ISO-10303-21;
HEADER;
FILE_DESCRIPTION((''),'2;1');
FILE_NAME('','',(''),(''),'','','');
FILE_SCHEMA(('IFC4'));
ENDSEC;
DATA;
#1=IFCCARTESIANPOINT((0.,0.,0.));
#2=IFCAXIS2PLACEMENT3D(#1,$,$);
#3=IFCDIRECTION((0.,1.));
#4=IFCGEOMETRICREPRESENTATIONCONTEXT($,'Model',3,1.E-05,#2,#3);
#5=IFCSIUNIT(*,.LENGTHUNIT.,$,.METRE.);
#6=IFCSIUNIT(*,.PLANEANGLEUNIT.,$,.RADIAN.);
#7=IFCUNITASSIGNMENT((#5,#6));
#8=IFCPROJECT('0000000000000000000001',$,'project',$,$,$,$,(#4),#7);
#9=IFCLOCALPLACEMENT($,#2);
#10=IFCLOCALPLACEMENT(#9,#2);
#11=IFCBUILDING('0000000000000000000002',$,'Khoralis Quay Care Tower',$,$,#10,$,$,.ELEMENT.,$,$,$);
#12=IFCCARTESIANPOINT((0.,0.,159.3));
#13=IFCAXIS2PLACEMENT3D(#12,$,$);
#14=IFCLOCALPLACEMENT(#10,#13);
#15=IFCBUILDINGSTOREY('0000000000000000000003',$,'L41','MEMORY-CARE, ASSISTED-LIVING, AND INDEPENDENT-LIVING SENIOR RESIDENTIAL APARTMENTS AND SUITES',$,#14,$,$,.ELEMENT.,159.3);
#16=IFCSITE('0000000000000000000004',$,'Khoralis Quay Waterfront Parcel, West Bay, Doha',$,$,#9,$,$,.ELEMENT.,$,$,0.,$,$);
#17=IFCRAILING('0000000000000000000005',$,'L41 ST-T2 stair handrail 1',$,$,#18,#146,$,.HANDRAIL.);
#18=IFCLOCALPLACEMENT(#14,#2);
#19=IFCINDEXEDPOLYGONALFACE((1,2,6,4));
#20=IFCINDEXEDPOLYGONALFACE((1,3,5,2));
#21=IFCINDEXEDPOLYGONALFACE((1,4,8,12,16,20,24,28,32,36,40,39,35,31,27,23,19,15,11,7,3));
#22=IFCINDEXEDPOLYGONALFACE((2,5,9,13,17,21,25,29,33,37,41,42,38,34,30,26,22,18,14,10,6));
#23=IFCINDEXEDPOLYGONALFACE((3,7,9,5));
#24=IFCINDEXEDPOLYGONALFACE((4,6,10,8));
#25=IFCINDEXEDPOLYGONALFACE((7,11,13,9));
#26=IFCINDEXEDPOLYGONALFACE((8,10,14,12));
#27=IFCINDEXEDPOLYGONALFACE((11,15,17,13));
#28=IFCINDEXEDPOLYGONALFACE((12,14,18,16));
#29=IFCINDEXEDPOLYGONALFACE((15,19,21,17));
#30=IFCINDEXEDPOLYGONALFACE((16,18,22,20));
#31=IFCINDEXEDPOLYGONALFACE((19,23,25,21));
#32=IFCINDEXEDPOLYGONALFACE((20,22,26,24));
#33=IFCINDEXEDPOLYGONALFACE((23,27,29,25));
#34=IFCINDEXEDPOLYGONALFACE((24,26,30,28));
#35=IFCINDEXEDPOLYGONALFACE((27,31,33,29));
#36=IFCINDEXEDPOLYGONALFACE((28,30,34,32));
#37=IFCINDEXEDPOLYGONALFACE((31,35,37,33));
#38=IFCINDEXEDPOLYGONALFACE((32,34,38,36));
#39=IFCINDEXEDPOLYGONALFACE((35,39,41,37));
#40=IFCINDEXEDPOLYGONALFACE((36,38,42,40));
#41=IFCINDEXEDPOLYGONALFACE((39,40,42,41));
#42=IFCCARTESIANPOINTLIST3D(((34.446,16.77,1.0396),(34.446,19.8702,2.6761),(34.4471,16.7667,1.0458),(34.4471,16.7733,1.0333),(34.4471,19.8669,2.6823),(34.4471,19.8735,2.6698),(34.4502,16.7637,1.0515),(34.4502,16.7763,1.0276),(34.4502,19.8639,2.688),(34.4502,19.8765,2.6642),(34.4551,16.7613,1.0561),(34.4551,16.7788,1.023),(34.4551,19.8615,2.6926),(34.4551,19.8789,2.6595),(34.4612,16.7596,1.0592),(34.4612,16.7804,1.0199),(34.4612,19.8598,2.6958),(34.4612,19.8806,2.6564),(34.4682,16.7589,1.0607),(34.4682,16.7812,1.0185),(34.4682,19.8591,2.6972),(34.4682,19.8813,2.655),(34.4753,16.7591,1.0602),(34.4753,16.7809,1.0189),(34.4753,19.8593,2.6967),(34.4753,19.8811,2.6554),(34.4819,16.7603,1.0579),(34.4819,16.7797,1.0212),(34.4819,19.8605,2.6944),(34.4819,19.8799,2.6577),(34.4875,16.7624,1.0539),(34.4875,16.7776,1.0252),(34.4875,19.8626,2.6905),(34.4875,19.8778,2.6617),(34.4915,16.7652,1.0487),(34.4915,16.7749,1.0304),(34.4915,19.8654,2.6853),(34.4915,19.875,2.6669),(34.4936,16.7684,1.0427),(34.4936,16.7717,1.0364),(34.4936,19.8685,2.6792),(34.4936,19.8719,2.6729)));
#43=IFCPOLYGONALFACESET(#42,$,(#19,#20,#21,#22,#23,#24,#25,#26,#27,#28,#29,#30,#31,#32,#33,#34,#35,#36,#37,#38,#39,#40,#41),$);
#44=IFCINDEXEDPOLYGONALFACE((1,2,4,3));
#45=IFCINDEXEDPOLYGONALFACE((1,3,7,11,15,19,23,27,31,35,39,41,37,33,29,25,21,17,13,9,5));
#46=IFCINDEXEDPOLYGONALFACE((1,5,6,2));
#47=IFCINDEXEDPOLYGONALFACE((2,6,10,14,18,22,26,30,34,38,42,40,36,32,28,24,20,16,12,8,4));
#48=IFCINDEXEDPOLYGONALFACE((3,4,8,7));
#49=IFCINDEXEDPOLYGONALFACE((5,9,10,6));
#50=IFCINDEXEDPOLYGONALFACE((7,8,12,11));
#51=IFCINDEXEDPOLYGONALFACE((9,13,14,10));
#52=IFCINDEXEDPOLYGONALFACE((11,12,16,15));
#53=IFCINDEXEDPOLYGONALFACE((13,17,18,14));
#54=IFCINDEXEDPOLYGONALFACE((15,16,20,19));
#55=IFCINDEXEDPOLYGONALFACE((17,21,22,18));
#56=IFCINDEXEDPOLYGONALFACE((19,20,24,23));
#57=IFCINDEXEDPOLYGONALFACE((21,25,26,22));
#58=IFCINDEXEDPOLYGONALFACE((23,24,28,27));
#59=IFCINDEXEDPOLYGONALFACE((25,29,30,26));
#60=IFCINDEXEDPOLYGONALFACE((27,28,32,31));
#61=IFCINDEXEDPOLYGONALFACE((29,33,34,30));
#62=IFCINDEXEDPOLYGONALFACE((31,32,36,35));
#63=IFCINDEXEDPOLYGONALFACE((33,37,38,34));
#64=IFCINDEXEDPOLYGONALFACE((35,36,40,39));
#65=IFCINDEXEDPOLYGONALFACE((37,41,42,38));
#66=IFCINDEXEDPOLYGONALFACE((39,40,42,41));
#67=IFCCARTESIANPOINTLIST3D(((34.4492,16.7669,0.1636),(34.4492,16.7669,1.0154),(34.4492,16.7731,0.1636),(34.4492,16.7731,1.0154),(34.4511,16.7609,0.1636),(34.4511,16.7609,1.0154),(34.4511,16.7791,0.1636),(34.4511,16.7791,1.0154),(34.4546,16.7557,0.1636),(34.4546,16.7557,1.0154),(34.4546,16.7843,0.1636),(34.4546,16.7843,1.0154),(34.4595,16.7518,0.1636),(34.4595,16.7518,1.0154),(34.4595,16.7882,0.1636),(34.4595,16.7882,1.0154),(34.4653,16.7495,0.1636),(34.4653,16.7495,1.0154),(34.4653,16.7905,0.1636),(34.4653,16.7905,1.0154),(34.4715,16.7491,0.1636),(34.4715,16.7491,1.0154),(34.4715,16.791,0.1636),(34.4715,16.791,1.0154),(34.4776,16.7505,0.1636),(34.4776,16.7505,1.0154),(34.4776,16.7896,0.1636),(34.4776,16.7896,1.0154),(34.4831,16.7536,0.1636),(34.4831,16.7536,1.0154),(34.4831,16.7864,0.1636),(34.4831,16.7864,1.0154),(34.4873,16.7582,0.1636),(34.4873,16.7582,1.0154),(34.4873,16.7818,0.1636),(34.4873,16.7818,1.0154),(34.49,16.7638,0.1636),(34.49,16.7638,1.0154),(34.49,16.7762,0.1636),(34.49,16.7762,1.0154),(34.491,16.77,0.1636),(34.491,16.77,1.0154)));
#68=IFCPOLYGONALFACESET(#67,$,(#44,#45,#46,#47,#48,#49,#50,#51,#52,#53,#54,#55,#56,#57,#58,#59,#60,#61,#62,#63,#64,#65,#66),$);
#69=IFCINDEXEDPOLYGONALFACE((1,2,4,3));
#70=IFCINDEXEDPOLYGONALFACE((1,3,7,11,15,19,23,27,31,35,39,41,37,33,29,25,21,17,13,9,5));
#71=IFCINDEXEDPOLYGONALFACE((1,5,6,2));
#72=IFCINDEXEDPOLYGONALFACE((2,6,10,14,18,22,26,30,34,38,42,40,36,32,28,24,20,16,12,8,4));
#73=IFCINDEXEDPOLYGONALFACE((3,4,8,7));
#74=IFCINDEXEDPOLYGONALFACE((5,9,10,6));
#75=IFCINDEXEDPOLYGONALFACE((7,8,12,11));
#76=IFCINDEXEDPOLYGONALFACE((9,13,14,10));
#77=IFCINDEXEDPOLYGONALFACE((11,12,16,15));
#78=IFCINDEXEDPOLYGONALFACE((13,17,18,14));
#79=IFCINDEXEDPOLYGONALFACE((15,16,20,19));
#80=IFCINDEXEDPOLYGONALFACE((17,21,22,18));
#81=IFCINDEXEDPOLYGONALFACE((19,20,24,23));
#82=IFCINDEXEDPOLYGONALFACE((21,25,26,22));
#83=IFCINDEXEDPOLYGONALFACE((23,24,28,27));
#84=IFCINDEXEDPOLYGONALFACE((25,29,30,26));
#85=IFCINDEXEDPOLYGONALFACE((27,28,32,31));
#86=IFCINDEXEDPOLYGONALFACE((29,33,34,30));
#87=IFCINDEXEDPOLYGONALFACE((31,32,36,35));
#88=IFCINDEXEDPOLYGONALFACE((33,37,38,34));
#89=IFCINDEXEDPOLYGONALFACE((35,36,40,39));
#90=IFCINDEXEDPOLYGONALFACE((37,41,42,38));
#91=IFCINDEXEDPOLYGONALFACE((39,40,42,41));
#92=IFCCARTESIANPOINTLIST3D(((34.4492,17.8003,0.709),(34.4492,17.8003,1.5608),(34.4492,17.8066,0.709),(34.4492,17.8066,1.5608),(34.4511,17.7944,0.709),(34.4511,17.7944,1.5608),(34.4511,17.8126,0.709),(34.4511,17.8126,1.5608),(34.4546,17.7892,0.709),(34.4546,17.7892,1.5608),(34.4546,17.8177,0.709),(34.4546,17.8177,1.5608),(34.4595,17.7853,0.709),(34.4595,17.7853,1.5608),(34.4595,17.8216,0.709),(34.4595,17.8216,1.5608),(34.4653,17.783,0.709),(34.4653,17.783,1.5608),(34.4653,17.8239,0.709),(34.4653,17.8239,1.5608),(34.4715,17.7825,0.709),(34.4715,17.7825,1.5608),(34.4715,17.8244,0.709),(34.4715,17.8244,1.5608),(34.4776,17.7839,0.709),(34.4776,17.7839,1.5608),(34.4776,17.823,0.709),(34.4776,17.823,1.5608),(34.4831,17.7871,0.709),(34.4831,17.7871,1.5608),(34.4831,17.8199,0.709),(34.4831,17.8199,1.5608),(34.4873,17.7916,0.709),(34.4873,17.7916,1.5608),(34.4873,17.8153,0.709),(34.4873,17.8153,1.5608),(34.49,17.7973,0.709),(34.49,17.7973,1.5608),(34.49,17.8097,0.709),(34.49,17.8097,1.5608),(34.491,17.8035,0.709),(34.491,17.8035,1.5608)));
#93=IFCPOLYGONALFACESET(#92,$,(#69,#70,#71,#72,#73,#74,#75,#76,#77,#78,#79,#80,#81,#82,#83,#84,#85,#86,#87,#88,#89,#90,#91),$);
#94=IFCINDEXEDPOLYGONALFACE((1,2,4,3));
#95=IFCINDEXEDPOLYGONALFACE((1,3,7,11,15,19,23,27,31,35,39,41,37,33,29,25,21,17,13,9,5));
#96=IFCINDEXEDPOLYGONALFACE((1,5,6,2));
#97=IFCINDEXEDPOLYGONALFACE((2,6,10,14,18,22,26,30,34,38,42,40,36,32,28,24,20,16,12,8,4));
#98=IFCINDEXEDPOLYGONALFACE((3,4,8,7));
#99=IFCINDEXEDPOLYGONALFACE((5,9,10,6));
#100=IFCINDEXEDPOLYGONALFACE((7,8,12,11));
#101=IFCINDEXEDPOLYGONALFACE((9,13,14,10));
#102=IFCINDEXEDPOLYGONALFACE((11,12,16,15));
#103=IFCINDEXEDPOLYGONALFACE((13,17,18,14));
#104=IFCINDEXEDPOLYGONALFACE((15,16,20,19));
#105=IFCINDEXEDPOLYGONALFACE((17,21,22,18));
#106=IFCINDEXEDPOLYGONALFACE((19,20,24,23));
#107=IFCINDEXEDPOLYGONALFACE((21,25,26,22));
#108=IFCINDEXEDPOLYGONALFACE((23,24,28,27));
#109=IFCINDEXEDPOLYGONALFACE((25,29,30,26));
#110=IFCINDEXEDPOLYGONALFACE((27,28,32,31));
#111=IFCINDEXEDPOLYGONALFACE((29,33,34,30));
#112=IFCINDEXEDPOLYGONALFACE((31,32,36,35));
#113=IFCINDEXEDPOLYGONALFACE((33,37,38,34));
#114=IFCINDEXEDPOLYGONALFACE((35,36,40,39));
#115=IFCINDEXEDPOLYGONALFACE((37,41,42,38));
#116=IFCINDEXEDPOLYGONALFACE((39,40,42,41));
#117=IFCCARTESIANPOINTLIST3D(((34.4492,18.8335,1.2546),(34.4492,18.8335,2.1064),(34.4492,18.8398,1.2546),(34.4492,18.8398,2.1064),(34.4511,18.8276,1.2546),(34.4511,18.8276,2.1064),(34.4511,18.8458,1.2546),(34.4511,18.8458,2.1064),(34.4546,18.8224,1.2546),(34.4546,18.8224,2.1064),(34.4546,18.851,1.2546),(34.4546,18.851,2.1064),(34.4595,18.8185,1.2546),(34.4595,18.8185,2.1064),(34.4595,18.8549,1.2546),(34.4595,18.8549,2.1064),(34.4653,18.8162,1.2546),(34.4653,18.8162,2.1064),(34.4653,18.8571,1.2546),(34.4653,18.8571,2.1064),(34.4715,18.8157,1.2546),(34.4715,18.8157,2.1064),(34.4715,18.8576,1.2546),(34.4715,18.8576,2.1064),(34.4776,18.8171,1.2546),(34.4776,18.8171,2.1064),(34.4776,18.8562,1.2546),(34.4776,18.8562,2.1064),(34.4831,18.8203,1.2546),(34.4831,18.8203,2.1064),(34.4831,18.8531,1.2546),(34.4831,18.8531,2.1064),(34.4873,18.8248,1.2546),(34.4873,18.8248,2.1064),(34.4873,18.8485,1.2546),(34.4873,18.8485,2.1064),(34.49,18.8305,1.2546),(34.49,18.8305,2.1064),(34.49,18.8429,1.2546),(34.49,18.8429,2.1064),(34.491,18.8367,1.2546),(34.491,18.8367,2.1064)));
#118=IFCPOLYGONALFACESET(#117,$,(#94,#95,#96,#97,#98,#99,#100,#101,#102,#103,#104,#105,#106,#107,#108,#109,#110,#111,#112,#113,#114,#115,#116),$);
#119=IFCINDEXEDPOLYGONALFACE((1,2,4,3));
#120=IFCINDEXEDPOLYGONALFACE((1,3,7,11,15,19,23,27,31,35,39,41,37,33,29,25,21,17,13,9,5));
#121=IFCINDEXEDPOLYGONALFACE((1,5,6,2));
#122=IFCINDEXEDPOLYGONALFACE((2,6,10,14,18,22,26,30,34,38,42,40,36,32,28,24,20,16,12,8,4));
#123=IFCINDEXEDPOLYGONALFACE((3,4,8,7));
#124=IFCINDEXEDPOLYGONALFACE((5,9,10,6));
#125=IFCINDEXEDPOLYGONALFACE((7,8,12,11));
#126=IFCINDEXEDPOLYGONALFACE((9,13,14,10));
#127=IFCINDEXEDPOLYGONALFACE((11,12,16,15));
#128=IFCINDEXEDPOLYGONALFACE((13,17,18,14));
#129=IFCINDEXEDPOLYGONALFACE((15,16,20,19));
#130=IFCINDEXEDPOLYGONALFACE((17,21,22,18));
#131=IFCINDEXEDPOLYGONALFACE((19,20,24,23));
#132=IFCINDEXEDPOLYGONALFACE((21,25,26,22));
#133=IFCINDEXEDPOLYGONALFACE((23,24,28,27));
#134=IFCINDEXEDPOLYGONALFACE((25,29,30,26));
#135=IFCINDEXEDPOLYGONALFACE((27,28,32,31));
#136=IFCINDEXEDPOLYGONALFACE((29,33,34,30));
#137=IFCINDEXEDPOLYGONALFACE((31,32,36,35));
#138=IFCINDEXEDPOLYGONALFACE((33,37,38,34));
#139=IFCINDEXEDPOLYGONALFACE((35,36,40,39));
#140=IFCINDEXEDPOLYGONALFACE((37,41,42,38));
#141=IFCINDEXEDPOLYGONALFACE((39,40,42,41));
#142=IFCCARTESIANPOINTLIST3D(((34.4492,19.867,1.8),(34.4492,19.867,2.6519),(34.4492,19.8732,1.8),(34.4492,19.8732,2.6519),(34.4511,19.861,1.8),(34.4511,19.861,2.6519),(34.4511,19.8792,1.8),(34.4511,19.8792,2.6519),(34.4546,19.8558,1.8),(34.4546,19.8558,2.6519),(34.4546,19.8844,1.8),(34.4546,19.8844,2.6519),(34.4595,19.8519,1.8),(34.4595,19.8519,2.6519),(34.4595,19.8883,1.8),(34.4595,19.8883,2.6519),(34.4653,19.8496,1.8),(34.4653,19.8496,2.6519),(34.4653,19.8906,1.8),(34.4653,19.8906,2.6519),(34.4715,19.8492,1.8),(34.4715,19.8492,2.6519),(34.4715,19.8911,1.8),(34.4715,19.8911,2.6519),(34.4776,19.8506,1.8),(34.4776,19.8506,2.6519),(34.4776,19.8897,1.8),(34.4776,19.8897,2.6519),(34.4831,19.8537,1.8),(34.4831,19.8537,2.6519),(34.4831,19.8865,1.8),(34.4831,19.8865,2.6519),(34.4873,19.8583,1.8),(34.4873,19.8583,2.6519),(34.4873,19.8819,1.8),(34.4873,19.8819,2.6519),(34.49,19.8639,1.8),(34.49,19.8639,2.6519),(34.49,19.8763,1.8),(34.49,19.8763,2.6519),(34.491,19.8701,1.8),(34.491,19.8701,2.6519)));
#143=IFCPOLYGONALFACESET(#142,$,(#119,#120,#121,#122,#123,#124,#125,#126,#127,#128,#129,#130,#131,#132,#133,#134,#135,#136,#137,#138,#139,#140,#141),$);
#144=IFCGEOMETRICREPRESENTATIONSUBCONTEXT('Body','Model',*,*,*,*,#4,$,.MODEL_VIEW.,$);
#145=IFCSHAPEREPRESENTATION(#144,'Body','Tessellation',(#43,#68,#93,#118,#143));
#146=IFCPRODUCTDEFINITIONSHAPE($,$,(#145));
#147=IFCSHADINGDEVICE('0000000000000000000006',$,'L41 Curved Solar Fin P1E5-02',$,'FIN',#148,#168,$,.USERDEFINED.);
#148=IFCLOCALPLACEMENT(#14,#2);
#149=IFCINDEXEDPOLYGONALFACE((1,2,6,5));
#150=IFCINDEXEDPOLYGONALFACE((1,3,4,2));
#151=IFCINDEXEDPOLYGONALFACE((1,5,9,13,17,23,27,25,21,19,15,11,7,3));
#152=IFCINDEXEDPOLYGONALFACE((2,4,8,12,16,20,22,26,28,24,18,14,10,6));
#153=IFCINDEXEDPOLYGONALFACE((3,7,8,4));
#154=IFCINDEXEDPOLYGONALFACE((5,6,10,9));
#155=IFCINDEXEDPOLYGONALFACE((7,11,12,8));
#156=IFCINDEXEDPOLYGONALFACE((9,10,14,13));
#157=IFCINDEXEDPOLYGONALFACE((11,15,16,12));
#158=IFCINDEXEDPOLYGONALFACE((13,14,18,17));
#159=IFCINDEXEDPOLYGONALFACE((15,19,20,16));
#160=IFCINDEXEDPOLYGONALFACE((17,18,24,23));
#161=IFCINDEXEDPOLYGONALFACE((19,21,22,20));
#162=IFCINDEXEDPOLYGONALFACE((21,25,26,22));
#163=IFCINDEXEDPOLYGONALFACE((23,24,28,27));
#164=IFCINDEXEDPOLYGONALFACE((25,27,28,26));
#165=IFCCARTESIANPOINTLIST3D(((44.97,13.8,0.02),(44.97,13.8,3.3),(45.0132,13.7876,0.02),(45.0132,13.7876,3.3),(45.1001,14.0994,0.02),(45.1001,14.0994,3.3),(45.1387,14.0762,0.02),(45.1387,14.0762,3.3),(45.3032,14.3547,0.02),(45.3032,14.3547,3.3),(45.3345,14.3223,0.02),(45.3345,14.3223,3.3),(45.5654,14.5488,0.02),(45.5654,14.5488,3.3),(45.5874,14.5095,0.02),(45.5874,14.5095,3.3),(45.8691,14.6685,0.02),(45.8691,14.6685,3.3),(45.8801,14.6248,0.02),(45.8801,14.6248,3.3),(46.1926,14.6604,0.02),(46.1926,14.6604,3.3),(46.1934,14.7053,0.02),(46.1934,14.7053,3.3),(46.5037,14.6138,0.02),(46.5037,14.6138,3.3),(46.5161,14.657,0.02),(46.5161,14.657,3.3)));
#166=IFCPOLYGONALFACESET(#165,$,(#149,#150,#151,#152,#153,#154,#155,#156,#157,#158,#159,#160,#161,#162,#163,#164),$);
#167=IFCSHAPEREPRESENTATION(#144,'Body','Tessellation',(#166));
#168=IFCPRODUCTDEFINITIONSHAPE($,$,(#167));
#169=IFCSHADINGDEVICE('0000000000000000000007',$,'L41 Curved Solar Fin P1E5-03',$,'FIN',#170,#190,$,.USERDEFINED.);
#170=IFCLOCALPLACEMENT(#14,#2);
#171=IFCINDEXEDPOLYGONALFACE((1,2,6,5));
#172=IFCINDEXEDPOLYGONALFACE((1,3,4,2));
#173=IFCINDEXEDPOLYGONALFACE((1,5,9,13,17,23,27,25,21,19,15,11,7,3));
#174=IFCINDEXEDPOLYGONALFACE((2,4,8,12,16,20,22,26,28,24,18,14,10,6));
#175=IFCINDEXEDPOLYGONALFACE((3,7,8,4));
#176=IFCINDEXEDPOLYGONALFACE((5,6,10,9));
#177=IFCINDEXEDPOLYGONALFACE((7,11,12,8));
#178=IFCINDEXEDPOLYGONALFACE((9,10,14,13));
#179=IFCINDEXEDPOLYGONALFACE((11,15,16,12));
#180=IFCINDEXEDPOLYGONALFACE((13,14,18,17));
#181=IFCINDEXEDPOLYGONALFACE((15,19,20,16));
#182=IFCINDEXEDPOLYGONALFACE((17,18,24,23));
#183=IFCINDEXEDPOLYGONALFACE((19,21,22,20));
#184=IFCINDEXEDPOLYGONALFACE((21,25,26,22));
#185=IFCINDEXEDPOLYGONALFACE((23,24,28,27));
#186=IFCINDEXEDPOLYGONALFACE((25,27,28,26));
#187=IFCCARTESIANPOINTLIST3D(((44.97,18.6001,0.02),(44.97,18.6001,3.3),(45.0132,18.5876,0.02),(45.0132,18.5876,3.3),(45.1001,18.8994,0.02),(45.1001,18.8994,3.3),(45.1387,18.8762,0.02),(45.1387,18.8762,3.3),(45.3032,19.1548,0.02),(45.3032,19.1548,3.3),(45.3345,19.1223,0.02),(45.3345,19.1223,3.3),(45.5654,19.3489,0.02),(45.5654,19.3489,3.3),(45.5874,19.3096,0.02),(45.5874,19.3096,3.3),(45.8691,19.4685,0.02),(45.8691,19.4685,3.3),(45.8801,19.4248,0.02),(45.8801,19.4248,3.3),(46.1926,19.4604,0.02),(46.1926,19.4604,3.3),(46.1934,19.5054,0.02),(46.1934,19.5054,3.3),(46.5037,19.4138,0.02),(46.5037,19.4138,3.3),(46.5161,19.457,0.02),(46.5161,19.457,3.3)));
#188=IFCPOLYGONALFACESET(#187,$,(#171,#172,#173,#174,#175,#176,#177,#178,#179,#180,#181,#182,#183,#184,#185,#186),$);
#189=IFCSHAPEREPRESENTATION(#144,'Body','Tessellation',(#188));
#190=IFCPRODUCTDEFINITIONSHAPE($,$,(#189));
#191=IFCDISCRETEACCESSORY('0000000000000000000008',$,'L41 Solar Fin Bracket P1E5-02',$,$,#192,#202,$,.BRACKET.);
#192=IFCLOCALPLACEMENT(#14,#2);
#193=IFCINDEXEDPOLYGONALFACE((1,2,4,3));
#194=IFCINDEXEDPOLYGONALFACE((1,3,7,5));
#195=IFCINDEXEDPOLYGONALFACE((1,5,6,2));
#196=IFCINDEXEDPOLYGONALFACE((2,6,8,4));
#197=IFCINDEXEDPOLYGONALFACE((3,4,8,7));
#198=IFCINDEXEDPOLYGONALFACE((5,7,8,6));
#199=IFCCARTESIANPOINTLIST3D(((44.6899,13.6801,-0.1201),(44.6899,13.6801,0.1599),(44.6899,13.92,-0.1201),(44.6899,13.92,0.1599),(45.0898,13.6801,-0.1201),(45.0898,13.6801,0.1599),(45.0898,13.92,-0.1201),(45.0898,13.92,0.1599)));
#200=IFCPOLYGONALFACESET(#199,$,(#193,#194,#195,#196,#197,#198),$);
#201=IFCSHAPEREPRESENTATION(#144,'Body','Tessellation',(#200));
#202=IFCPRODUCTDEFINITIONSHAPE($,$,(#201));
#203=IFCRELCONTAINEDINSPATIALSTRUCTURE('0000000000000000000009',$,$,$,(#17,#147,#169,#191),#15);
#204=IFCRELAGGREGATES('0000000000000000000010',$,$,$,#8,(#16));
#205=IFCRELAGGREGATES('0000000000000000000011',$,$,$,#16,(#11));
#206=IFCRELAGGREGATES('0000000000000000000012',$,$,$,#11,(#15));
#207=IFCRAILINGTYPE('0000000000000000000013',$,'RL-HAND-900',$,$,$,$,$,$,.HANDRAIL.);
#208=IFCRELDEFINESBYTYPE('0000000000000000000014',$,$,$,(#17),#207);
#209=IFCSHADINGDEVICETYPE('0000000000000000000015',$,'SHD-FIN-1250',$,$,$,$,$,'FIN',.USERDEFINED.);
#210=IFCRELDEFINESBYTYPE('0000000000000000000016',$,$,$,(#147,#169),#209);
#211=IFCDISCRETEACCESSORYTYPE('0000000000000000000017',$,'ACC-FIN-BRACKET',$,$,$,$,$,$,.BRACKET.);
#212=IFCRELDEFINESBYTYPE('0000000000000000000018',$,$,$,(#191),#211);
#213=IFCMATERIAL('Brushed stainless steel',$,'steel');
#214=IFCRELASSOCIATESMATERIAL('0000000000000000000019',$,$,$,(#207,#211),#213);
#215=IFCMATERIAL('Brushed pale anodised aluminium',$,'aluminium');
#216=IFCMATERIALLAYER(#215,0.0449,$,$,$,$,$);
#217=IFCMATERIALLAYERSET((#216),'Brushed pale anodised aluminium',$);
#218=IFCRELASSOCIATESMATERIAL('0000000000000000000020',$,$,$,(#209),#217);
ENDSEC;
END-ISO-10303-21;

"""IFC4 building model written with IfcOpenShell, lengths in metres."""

from ifc_helpers import new_model, si_unit, direction, frame, origin, origin_2d, place, context, subcontext, project, spatial, polyline, rectangle, circle, outline, extrude, source, transform, mapped, material, layer, layer_set, type_object, element, save


model = new_model("IFC4")

# Units and contexts
model_context = context("Model", 3, precision=1e-05, world=origin(), true_north=direction((0.0, 1.0)))
body_context = subcontext(model_context, "Body", "Model", "MODEL_VIEW")
ifc_project = project(units=[si_unit("LENGTHUNIT", "METRE"), si_unit("PLANEANGLEUNIT", "RADIAN")], contexts=[model_context])

# Site, building, storey
site_placement = place(None, origin())
site = spatial("IfcSite", under=ifc_project, at=site_placement, Name="Khoralis Quay Waterfront Parcel, West Bay, Doha", CompositionType="ELEMENT", RefElevation=0.0)
building_placement = place(site_placement, origin())
building = spatial("IfcBuilding", under=site, at=building_placement, Name="Khoralis Quay Care Tower", CompositionType="ELEMENT")
storey_placement = place(building_placement, frame((0.0, 0.0, 159.3)))
storey = spatial("IfcBuildingStorey", under=building, at=storey_placement, Name="L41", Description="MEMORY-CARE, ASSISTED-LIVING, AND INDEPENDENT-LIVING SENIOR RESIDENTIAL APARTMENTS AND SUITES", CompositionType="ELEMENT", Elevation=159.3)

# Railing
ifc_material_1 = material(Name="Brushed stainless steel", Category="steel")
railing_type = type_object("IfcRailingType", Name="RL-HAND-900", PredefinedType="HANDRAIL", material=ifc_material_1)
railing_placement = place(storey_placement, frame((34.47, 16.77, 0.1636)))
element("IfcRailing", 1, at=railing_placement, inside=storey, type_object=railing_type, Name="L41 ST-T2 stair handrail 1", PredefinedType="HANDRAIL", context=body_context, shape_type="SweptSolid", body=[
    extrude(circle(Radius=0.0239, at=origin_2d()), frame((0.0, 0.0, 0.876), z_axis=(0.0, 0.884348, 0.466828), x_axis=(-1.0, 0.0, 0.0)), (0.0, 0.0, 1.0), 3.5056),
    extrude(circle(Radius=0.021, at=origin_2d()), origin(), (0.0, 0.0, 1.0), 0.8518),
    extrude(circle(Radius=0.021, at=origin_2d()), frame((0.0, 1.0334, 0.5454)), (0.0, 0.0, 1.0), 0.8518),
    extrude(circle(Radius=0.021, at=origin_2d()), frame((0.0, 2.0667, 1.0911)), (0.0, 0.0, 1.0), 0.8518),
    extrude(circle(Radius=0.021, at=origin_2d()), frame((0.0, 3.1001, 1.6365)), (0.0, 0.0, 1.0), 0.8518),
])

# Shading devices
ifc_material_2 = material(Name="Brushed pale anodised aluminium", Category="aluminium")
ifc_layer_1 = layer(ifc_material_2, 0.0449)
ifc_layer_set_1 = layer_set([ifc_layer_1], Name="Brushed pale anodised aluminium")
shading_device_type = type_object("IfcShadingDeviceType", Name="SHD-FIN-1250", ElementType="FIN", PredefinedType="USERDEFINED", material=ifc_layer_set_1)
shared_shape_1 = source(origin(), body_context, "Body", "SweptSolid", [
    extrude(outline(polyline([(0.0, 0.0), (0.1301, 0.2993), (0.3333, 0.5547), (0.5955, 0.7488), (0.8992, 0.8684), (1.2234, 0.9053), (1.5461, 0.8569), (1.5337, 0.8137), (1.2227, 0.8604), (0.9102, 0.8247), (0.6174, 0.7095), (0.3645, 0.5222), (0.1687, 0.2761), (0.0432, -0.0125), (0.0, 0.0)])), origin(), (0.0, 0.0, 1.0), 3.28),
])
for number, where, z_axis, x_axis, name in (
    (2, (44.97, 13.8, 0.02), (0.0, 0.0, 1.0), (1.0, 0.0, 0.0), "L41 Curved Solar Fin P1E5-02"),
    (3, (44.97, 18.6001, 0.02), (0.0, 0.0, 1.0), (1.0, 0.0, 0.0), "L41 Curved Solar Fin P1E5-03"),
):
    element("IfcShadingDevice", number, at=place(storey_placement, frame(where, z_axis=z_axis, x_axis=x_axis)), inside=storey, type_object=shading_device_type, Name=name, ObjectType="FIN", PredefinedType="USERDEFINED", context=body_context, shape_type="MappedRepresentation", body=[
        mapped(shared_shape_1, transform((0.0, 0.0, 0.0), scale=1.0)),
    ])

# Discrete accessory
discrete_accessory_type = type_object("IfcDiscreteAccessoryType", Name="ACC-FIN-BRACKET", PredefinedType="BRACKET", material=ifc_material_1)
shared_shape_2 = source(origin(), body_context, "Body", "SweptSolid", [
    extrude(rectangle(XDim=0.3999, YDim=0.24, at=origin_2d()), origin(), (0.0, 0.0, 1.0), 0.28),
])
for number, where, z_axis, x_axis, name in (
    (4, (44.8899, 13.8, -0.1201), (0.0, 0.0, 1.0), (1.0, 0.0, 0.0), "L41 Solar Fin Bracket P1E5-02"),
):
    element("IfcDiscreteAccessory", number, at=place(storey_placement, frame(where, z_axis=z_axis, x_axis=x_axis)), inside=storey, type_object=discrete_accessory_type, Name=name, PredefinedType="BRACKET", context=body_context, shape_type="MappedRepresentation", body=[
        mapped(shared_shape_2, transform((0.0, 0.0, 0.0), scale=1.0)),
    ])

save(model, "model.ifc")
